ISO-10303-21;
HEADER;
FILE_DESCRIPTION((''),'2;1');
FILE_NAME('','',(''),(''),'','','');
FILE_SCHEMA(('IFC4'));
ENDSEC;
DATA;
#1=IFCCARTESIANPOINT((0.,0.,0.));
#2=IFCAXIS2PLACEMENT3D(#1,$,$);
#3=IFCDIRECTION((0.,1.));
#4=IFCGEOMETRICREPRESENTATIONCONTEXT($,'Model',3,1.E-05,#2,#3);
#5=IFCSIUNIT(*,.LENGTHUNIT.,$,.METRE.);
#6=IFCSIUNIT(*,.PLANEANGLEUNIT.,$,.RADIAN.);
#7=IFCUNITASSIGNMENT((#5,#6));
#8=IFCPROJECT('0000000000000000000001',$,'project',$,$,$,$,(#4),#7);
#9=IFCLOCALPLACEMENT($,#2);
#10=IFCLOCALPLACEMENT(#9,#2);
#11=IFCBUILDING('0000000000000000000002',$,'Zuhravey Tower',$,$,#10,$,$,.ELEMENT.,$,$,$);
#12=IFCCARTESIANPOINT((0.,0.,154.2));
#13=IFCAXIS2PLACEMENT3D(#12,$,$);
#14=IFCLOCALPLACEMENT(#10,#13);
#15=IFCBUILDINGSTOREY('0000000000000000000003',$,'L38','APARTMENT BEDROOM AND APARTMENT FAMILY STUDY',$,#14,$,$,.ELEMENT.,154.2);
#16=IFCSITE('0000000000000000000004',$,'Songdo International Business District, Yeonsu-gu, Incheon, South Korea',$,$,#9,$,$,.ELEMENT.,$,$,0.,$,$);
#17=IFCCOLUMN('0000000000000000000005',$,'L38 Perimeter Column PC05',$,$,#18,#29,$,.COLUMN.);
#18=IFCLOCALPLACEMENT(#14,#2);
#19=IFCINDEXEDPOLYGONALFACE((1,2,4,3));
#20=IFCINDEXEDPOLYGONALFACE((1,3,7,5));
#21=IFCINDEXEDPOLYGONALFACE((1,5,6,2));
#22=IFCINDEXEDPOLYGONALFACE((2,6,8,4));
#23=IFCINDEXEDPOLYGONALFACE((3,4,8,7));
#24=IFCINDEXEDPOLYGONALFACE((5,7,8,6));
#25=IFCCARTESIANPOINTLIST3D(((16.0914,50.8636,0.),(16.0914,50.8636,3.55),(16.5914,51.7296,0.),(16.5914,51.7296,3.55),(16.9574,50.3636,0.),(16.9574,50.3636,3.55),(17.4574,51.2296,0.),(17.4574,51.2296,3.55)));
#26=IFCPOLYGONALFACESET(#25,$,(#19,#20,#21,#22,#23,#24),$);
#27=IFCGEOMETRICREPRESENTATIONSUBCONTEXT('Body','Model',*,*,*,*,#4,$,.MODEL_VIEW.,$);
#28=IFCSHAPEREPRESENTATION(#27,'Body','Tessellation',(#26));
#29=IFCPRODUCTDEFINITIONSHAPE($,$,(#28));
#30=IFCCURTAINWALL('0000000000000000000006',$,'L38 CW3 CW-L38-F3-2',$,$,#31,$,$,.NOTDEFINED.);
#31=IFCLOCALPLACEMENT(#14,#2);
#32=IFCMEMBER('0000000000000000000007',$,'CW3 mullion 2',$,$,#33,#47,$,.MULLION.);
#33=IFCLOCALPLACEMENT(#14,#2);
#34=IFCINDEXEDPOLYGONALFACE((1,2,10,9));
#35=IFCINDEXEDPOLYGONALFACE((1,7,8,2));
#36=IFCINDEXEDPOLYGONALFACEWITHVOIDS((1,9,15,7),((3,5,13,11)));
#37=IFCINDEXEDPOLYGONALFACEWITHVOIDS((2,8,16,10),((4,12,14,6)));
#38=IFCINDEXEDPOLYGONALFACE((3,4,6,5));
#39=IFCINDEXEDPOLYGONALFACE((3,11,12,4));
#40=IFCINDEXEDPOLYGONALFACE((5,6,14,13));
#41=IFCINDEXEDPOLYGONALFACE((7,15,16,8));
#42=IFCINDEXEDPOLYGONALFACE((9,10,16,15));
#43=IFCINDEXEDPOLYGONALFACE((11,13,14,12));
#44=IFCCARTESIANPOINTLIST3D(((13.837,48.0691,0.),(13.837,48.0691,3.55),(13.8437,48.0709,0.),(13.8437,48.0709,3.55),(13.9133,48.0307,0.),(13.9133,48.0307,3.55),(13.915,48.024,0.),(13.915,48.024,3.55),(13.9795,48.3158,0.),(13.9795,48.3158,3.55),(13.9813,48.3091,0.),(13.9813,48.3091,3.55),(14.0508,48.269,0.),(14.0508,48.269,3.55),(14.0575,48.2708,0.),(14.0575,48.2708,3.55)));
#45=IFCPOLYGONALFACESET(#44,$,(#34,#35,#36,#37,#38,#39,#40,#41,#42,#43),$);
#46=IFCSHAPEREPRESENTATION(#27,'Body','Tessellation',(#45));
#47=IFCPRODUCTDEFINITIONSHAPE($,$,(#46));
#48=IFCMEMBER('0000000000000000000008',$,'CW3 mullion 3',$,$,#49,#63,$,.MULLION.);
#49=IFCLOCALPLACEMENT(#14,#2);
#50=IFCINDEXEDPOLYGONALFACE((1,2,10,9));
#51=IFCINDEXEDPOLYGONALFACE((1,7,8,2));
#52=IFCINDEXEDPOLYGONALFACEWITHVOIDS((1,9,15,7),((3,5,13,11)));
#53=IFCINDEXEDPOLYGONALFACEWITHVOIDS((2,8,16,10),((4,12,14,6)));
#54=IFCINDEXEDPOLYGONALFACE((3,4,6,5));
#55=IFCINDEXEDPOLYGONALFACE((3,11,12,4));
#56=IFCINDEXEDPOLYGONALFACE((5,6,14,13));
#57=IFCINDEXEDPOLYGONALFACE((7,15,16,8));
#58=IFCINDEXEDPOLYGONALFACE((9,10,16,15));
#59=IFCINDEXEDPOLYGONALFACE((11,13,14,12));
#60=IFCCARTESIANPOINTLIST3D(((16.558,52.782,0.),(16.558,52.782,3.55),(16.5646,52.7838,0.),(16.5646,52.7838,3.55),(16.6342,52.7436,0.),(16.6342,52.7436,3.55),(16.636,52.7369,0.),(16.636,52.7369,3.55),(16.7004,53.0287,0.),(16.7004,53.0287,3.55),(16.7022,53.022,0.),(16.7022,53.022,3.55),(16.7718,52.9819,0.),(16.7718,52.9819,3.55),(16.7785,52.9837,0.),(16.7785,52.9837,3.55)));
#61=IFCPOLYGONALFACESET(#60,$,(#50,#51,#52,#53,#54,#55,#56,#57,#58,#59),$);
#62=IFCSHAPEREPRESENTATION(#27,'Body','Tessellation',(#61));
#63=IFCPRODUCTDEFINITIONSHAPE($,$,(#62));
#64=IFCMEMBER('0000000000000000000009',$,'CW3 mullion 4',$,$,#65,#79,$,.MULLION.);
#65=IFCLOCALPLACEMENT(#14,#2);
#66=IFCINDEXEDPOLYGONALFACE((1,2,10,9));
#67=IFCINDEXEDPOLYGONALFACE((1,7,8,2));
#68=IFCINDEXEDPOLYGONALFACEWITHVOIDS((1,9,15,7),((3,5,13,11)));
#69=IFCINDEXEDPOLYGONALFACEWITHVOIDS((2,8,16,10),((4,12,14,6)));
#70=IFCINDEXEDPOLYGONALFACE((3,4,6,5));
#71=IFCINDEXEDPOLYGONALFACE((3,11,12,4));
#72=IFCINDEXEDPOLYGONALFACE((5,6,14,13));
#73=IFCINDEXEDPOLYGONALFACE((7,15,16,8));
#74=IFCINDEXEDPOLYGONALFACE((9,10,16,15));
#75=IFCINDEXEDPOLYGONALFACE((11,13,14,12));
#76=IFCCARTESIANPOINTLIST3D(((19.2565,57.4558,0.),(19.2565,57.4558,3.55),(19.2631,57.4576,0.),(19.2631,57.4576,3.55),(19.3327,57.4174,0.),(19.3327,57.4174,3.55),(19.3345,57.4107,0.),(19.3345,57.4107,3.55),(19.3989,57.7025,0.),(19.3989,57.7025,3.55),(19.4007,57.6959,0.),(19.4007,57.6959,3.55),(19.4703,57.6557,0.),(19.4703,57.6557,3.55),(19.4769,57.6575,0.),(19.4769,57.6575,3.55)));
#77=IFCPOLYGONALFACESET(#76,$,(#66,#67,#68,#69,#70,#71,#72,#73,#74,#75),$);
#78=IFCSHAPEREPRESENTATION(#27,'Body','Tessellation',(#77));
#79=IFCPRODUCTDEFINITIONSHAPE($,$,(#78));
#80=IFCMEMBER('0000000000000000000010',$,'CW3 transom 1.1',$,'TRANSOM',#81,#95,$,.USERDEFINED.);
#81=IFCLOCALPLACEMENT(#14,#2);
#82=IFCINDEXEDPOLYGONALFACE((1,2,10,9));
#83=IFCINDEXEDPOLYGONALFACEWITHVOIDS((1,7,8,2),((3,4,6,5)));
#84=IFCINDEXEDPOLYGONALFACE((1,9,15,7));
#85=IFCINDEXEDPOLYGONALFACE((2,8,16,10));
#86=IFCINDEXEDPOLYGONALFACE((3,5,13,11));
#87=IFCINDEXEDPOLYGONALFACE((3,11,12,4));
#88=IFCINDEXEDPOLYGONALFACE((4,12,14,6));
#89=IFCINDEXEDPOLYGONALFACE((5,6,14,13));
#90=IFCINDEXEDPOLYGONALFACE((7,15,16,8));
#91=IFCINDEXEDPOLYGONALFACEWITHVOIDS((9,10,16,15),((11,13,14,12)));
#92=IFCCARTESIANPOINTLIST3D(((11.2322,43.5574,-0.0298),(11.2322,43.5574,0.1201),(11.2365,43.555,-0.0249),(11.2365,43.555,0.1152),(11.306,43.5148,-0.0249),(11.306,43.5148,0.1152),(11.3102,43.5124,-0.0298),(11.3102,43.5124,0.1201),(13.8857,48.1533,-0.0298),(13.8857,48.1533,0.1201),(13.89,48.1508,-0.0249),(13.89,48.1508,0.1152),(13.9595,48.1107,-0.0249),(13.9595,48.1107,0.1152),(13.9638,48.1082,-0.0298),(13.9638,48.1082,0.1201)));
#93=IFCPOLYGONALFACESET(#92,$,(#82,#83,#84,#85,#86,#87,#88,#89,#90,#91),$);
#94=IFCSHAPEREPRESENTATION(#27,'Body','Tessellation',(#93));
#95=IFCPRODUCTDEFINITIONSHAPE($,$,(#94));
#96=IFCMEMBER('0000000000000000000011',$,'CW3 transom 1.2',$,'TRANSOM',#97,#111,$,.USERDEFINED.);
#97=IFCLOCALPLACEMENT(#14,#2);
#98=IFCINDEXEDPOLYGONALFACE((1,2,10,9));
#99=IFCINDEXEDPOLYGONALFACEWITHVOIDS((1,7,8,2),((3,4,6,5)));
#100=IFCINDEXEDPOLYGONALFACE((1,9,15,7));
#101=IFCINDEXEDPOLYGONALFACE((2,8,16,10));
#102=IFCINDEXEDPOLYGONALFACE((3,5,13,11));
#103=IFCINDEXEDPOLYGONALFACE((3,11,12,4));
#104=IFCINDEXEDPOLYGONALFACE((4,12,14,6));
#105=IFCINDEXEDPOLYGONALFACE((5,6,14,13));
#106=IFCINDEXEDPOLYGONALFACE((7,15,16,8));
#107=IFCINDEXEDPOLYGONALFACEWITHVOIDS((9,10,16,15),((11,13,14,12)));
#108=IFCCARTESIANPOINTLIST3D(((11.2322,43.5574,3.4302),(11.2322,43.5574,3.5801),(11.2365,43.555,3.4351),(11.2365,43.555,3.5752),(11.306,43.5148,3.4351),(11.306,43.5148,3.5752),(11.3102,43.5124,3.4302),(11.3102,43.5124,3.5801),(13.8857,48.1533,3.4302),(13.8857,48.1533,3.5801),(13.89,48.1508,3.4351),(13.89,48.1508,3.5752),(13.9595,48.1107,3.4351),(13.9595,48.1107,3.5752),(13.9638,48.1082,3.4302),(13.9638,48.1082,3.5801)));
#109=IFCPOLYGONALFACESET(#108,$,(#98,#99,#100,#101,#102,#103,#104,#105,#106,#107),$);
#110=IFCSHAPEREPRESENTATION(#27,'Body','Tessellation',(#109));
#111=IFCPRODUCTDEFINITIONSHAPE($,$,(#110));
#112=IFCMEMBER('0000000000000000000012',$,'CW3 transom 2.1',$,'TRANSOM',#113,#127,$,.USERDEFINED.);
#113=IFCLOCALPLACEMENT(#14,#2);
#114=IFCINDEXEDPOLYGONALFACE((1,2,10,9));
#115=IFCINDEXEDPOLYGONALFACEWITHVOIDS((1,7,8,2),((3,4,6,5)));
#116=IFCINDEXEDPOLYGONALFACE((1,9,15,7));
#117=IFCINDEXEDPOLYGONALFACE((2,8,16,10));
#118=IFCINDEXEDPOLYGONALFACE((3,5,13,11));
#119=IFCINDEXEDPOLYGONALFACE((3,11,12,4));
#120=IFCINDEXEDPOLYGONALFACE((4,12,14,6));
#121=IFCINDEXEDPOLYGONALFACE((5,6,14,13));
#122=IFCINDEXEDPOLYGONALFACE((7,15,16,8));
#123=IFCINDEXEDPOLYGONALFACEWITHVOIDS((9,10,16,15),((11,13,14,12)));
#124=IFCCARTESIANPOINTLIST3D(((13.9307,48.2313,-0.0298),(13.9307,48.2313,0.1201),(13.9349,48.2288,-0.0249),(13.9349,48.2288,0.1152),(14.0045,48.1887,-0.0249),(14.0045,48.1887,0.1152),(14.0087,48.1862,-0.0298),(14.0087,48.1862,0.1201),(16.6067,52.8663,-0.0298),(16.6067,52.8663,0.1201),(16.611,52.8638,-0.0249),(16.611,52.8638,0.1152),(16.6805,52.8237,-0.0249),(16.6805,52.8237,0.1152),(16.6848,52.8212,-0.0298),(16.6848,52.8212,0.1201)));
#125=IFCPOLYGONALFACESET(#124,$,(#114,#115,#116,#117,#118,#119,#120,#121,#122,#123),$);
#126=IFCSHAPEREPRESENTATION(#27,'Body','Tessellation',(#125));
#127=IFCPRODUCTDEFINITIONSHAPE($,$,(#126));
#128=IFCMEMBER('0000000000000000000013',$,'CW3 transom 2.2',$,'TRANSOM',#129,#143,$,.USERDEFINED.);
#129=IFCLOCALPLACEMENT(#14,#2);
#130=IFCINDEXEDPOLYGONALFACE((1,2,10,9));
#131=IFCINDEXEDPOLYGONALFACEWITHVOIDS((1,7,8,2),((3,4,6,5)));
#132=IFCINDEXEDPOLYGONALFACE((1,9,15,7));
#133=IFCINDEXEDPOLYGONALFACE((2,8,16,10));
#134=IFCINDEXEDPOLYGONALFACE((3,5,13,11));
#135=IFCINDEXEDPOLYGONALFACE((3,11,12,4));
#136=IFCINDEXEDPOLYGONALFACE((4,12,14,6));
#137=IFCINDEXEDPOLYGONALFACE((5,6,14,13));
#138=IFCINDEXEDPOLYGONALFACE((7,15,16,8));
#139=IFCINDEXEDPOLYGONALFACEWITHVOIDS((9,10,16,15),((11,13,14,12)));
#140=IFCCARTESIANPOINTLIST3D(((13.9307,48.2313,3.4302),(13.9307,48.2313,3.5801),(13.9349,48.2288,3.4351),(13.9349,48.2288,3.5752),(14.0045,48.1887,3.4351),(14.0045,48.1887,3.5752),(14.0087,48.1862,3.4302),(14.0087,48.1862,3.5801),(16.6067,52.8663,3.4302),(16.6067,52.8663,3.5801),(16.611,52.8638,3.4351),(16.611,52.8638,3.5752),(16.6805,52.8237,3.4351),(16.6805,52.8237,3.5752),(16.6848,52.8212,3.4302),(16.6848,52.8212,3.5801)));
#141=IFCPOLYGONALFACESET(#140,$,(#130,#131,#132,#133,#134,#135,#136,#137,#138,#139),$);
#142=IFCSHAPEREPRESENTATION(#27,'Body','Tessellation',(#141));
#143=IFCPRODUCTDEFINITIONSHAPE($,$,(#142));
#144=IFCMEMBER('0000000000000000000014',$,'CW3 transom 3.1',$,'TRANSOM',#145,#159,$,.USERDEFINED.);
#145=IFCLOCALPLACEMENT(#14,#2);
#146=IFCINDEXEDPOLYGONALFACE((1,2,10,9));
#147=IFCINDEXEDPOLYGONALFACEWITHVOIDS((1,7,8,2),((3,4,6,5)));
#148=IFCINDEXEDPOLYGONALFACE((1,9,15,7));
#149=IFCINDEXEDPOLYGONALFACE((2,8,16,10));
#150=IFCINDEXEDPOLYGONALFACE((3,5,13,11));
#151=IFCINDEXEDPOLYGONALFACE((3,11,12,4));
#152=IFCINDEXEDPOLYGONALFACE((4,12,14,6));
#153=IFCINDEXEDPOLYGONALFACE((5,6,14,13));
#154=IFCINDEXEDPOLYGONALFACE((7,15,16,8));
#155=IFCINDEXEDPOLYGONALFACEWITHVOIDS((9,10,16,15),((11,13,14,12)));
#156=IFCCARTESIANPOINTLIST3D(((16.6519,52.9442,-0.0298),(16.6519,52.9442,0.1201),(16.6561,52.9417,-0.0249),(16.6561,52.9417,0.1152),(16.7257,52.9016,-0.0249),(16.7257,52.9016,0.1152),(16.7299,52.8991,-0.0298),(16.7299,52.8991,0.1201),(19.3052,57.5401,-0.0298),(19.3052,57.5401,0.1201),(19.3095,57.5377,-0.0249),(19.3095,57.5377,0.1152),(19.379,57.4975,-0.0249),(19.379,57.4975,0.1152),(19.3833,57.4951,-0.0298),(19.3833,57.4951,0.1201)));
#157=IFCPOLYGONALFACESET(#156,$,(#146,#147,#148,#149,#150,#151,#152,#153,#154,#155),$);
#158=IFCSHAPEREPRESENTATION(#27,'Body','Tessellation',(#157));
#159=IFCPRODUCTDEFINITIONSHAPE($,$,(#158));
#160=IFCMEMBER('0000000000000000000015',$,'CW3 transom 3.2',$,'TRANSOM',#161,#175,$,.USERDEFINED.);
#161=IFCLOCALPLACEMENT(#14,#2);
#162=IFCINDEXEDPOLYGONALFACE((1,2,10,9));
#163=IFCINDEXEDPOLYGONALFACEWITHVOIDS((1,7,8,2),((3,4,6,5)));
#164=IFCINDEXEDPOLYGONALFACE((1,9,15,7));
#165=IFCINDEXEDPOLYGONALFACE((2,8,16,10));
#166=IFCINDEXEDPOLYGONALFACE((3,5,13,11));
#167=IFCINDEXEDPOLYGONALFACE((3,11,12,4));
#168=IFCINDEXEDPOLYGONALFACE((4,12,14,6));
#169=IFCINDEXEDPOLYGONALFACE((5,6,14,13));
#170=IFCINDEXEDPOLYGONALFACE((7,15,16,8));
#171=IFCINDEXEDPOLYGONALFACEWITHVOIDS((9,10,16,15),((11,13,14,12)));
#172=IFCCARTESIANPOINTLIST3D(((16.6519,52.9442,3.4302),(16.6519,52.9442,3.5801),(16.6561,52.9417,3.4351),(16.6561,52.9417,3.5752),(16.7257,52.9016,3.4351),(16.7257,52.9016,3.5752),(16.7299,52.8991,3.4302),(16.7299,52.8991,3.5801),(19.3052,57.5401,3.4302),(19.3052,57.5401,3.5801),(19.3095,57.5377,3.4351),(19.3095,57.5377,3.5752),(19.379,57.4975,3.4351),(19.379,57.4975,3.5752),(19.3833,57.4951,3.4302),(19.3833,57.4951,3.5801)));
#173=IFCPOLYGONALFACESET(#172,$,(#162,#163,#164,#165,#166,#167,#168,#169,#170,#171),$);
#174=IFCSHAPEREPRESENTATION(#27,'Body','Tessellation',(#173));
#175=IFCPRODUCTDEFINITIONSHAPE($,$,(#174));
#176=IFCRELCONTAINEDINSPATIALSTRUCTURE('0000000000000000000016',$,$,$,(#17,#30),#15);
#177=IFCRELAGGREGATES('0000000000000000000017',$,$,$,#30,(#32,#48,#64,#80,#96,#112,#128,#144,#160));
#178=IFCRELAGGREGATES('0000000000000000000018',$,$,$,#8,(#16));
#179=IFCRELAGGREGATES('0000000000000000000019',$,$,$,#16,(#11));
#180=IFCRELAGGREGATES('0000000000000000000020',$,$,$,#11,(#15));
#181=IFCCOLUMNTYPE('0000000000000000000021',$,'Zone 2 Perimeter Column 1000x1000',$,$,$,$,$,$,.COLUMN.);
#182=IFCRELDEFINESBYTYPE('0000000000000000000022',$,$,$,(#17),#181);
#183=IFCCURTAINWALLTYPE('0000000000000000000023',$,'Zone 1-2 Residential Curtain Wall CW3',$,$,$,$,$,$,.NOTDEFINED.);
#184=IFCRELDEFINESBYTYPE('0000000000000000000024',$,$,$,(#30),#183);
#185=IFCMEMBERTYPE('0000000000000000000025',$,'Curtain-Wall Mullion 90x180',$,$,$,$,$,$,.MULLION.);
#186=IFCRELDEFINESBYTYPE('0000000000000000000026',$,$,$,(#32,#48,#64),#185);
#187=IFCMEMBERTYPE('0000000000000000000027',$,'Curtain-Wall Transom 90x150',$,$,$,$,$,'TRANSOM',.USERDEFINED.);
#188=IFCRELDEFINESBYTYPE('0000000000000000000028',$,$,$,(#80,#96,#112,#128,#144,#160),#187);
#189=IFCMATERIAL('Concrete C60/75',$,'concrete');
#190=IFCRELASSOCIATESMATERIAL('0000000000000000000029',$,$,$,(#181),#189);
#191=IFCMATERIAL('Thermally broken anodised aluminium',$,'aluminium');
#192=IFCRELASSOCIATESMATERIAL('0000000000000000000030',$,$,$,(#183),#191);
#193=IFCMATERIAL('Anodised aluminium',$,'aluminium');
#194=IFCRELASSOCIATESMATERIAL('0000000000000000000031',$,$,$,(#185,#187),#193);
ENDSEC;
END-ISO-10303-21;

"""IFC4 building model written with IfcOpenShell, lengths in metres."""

from ifc_helpers import new_model, si_unit, direction, frame, origin, origin_2d, place, context, subcontext, project, spatial, rectangle, hollow_rectangle, extrude, material, material_profile, profile_set, type_object, element, aggregate, save


model = new_model("IFC4")

# Units and contexts
model_context = context("Model", 3, precision=1e-05, world=origin(), true_north=direction((0.0, 1.0)))
body_context = subcontext(model_context, "Body", "Model", "MODEL_VIEW")
ifc_project = project(units=[si_unit("LENGTHUNIT", "METRE"), si_unit("PLANEANGLEUNIT", "RADIAN")], contexts=[model_context])

# Site, building, storey
site_placement = place(None, origin())
site = spatial("IfcSite", under=ifc_project, at=site_placement, Name="Songdo International Business District, Yeonsu-gu, Incheon, South Korea", CompositionType="ELEMENT", RefElevation=0.0)
building_placement = place(site_placement, origin())
building = spatial("IfcBuilding", under=site, at=building_placement, Name="Zuhravey Tower", CompositionType="ELEMENT")
storey_placement = place(building_placement, frame((0.0, 0.0, 154.2)))
storey = spatial("IfcBuildingStorey", under=building, at=storey_placement, Name="L38", Description="APARTMENT BEDROOM AND APARTMENT FAMILY STUDY", CompositionType="ELEMENT", Elevation=154.2)

# Column
ifc_material_1 = material(Name="Concrete C60/75", Category="concrete")
ifc_material_profile_1 = material_profile(ifc_material_1, rectangle(XDim=1.0, YDim=1.0, at=origin_2d()), Name="RC-1000x1000")
ifc_profile_set_1 = profile_set([ifc_material_profile_1], Name="Concrete C60/75")
column_type = type_object("IfcColumnType", Name="Zone 2 Perimeter Column 1000x1000", PredefinedType="COLUMN", material=ifc_profile_set_1)
column_placement = place(storey_placement, frame((16.7744, 51.0466, 0.0), z_axis=(0.0, 0.0, 1.0), x_axis=(-0.5, -0.866025, 0.0)))
element("IfcColumn", 1, at=column_placement, inside=storey, type_object=column_type, Name="L38 Perimeter Column PC05", PredefinedType="COLUMN", context=body_context, shape_type="SweptSolid", body=[
    extrude(rectangle(XDim=1.0, YDim=1.0, at=origin_2d()), origin(), (0.0, 0.0, 1.0), 3.55),
])

# Curtain wall, members
ifc_material_2 = material(Name="Thermally broken anodised aluminium", Category="aluminium")
curtain_wall_type = type_object("IfcCurtainWallType", Name="Zone 1-2 Residential Curtain Wall CW3", PredefinedType="NOTDEFINED", material=ifc_material_2)
curtain_wall_placement = place(storey_placement, origin())
curtain_wall = element("IfcCurtainWall", 2, at=curtain_wall_placement, inside=storey, type_object=curtain_wall_type, Name="L38 CW3 CW-L38-F3-2", PredefinedType="NOTDEFINED")
ifc_material_3 = material(Name="Anodised aluminium", Category="aluminium")
ifc_material_profile_2 = material_profile(ifc_material_3, hollow_rectangle(XDim=0.0901, YDim=0.2849, WallThickness=0.0049, at=origin_2d()), Name="ALU-RHS-90x285x5")
ifc_profile_set_2 = profile_set([ifc_material_profile_2], Name="Anodised aluminium")
member_type_1 = type_object("IfcMemberType", Name="Curtain-Wall Mullion 90x180", PredefinedType="MULLION", material=ifc_profile_set_2)
member_1_placement = place(storey_placement, frame((13.9473, 48.1699, 0.0), z_axis=(0.0, 0.0, 1.0), x_axis=(-0.866025, 0.500001, 0.0)))
member_1 = element("IfcMember", 3, at=member_1_placement, type_object=member_type_1, Name="CW3 mullion 2", PredefinedType="MULLION", context=body_context, shape_type="SweptSolid", body=[
    extrude(hollow_rectangle(XDim=0.0901, YDim=0.2849, WallThickness=0.0049, at=origin_2d()), origin(), (0.0, 0.0, 1.0), 3.55),
])
member_2_placement = place(storey_placement, frame((16.6682, 52.8828, 0.0), z_axis=(0.0, 0.0, 1.0), x_axis=(-0.866025, 0.500001, 0.0)))
member_2 = element("IfcMember", 4, at=member_2_placement, type_object=member_type_1, Name="CW3 mullion 3", PredefinedType="MULLION", context=body_context, shape_type="SweptSolid", body=[
    extrude(hollow_rectangle(XDim=0.0901, YDim=0.2849, WallThickness=0.0049, at=origin_2d()), origin(), (0.0, 0.0, 1.0), 3.55),
])
member_3_placement = place(storey_placement, frame((19.3667, 57.5566, 0.0), z_axis=(0.0, 0.0, 1.0), x_axis=(-0.866025, 0.500001, 0.0)))
member_3 = element("IfcMember", 5, at=member_3_placement, type_object=member_type_1, Name="CW3 mullion 4", PredefinedType="MULLION", context=body_context, shape_type="SweptSolid", body=[
    extrude(hollow_rectangle(XDim=0.0901, YDim=0.2849, WallThickness=0.0049, at=origin_2d()), origin(), (0.0, 0.0, 1.0), 3.55),
])
ifc_material_profile_3 = material_profile(ifc_material_3, hollow_rectangle(XDim=0.0901, YDim=0.1499, WallThickness=0.0049, at=origin_2d()), Name="ALU-RHS-90x150x5")
ifc_profile_set_3 = profile_set([ifc_material_profile_3], Name="Anodised aluminium")
member_type_2 = type_object("IfcMemberType", Name="Curtain-Wall Transom 90x150", ElementType="TRANSOM", PredefinedType="USERDEFINED", material=ifc_profile_set_3)
member_4_placement = place(storey_placement, frame((11.2712, 43.5349, 0.0452), z_axis=(0.500013, 0.866018, 0.0), x_axis=(-0.866018, 0.500013, 0.0)))
member_4 = element("IfcMember", 6, at=member_4_placement, type_object=member_type_2, Name="CW3 transom 1.1", ObjectType="TRANSOM", PredefinedType="USERDEFINED", context=body_context, shape_type="SweptSolid", body=[
    extrude(hollow_rectangle(XDim=0.0901, YDim=0.1499, WallThickness=0.0049, at=origin_2d()), origin(), (0.0, 0.0, 1.0), 5.3069),
])
member_5_placement = place(storey_placement, frame((11.2712, 43.5349, 3.5051), z_axis=(0.500013, 0.866018, 0.0), x_axis=(-0.866018, 0.500013, 0.0)))
member_5 = element("IfcMember", 7, at=member_5_placement, type_object=member_type_2, Name="CW3 transom 1.2", ObjectType="TRANSOM", PredefinedType="USERDEFINED", context=body_context, shape_type="SweptSolid", body=[
    extrude(hollow_rectangle(XDim=0.0901, YDim=0.1499, WallThickness=0.0049, at=origin_2d()), origin(), (0.0, 0.0, 1.0), 5.3069),
])
member_6_placement = place(storey_placement, frame((13.9697, 48.2087, 0.0452), z_axis=(0.5, 0.866025, 0.0), x_axis=(-0.866025, 0.5, 0.0)))
member_6 = element("IfcMember", 8, at=member_6_placement, type_object=member_type_2, Name="CW3 transom 2.1", ObjectType="TRANSOM", PredefinedType="USERDEFINED", context=body_context, shape_type="SweptSolid", body=[
    extrude(hollow_rectangle(XDim=0.0901, YDim=0.1499, WallThickness=0.0049, at=origin_2d()), origin(), (0.0, 0.0, 1.0), 5.3521),
])
member_7_placement = place(storey_placement, frame((13.9697, 48.2087, 3.5051), z_axis=(0.5, 0.866025, 0.0), x_axis=(-0.866025, 0.5, 0.0)))
member_7 = element("IfcMember", 9, at=member_7_placement, type_object=member_type_2, Name="CW3 transom 2.2", ObjectType="TRANSOM", PredefinedType="USERDEFINED", context=body_context, shape_type="SweptSolid", body=[
    extrude(hollow_rectangle(XDim=0.0901, YDim=0.1499, WallThickness=0.0049, at=origin_2d()), origin(), (0.0, 0.0, 1.0), 5.3521),
])
member_8_placement = place(storey_placement, frame((16.6909, 52.9216, 0.0452), z_axis=(0.499979, 0.866038, 0.0), x_axis=(-0.866038, 0.499979, 0.0)))
member_8 = element("IfcMember", 10, at=member_8_placement, type_object=member_type_2, Name="CW3 transom 3.1", ObjectType="TRANSOM", PredefinedType="USERDEFINED", context=body_context, shape_type="SweptSolid", body=[
    extrude(hollow_rectangle(XDim=0.0901, YDim=0.1499, WallThickness=0.0049, at=origin_2d()), origin(), (0.0, 0.0, 1.0), 5.3069),
])
member_9_placement = place(storey_placement, frame((16.6909, 52.9216, 3.5051), z_axis=(0.499979, 0.866038, 0.0), x_axis=(-0.866038, 0.499979, 0.0)))
member_9 = element("IfcMember", 11, at=member_9_placement, type_object=member_type_2, Name="CW3 transom 3.2", ObjectType="TRANSOM", PredefinedType="USERDEFINED", context=body_context, shape_type="SweptSolid", body=[
    extrude(hollow_rectangle(XDim=0.0901, YDim=0.1499, WallThickness=0.0049, at=origin_2d()), origin(), (0.0, 0.0, 1.0), 5.3069),
])

aggregate(curtain_wall, [member_1, member_2, member_3, member_4, member_5, member_6, member_7, member_8, member_9])

save(model, "model.ifc")
